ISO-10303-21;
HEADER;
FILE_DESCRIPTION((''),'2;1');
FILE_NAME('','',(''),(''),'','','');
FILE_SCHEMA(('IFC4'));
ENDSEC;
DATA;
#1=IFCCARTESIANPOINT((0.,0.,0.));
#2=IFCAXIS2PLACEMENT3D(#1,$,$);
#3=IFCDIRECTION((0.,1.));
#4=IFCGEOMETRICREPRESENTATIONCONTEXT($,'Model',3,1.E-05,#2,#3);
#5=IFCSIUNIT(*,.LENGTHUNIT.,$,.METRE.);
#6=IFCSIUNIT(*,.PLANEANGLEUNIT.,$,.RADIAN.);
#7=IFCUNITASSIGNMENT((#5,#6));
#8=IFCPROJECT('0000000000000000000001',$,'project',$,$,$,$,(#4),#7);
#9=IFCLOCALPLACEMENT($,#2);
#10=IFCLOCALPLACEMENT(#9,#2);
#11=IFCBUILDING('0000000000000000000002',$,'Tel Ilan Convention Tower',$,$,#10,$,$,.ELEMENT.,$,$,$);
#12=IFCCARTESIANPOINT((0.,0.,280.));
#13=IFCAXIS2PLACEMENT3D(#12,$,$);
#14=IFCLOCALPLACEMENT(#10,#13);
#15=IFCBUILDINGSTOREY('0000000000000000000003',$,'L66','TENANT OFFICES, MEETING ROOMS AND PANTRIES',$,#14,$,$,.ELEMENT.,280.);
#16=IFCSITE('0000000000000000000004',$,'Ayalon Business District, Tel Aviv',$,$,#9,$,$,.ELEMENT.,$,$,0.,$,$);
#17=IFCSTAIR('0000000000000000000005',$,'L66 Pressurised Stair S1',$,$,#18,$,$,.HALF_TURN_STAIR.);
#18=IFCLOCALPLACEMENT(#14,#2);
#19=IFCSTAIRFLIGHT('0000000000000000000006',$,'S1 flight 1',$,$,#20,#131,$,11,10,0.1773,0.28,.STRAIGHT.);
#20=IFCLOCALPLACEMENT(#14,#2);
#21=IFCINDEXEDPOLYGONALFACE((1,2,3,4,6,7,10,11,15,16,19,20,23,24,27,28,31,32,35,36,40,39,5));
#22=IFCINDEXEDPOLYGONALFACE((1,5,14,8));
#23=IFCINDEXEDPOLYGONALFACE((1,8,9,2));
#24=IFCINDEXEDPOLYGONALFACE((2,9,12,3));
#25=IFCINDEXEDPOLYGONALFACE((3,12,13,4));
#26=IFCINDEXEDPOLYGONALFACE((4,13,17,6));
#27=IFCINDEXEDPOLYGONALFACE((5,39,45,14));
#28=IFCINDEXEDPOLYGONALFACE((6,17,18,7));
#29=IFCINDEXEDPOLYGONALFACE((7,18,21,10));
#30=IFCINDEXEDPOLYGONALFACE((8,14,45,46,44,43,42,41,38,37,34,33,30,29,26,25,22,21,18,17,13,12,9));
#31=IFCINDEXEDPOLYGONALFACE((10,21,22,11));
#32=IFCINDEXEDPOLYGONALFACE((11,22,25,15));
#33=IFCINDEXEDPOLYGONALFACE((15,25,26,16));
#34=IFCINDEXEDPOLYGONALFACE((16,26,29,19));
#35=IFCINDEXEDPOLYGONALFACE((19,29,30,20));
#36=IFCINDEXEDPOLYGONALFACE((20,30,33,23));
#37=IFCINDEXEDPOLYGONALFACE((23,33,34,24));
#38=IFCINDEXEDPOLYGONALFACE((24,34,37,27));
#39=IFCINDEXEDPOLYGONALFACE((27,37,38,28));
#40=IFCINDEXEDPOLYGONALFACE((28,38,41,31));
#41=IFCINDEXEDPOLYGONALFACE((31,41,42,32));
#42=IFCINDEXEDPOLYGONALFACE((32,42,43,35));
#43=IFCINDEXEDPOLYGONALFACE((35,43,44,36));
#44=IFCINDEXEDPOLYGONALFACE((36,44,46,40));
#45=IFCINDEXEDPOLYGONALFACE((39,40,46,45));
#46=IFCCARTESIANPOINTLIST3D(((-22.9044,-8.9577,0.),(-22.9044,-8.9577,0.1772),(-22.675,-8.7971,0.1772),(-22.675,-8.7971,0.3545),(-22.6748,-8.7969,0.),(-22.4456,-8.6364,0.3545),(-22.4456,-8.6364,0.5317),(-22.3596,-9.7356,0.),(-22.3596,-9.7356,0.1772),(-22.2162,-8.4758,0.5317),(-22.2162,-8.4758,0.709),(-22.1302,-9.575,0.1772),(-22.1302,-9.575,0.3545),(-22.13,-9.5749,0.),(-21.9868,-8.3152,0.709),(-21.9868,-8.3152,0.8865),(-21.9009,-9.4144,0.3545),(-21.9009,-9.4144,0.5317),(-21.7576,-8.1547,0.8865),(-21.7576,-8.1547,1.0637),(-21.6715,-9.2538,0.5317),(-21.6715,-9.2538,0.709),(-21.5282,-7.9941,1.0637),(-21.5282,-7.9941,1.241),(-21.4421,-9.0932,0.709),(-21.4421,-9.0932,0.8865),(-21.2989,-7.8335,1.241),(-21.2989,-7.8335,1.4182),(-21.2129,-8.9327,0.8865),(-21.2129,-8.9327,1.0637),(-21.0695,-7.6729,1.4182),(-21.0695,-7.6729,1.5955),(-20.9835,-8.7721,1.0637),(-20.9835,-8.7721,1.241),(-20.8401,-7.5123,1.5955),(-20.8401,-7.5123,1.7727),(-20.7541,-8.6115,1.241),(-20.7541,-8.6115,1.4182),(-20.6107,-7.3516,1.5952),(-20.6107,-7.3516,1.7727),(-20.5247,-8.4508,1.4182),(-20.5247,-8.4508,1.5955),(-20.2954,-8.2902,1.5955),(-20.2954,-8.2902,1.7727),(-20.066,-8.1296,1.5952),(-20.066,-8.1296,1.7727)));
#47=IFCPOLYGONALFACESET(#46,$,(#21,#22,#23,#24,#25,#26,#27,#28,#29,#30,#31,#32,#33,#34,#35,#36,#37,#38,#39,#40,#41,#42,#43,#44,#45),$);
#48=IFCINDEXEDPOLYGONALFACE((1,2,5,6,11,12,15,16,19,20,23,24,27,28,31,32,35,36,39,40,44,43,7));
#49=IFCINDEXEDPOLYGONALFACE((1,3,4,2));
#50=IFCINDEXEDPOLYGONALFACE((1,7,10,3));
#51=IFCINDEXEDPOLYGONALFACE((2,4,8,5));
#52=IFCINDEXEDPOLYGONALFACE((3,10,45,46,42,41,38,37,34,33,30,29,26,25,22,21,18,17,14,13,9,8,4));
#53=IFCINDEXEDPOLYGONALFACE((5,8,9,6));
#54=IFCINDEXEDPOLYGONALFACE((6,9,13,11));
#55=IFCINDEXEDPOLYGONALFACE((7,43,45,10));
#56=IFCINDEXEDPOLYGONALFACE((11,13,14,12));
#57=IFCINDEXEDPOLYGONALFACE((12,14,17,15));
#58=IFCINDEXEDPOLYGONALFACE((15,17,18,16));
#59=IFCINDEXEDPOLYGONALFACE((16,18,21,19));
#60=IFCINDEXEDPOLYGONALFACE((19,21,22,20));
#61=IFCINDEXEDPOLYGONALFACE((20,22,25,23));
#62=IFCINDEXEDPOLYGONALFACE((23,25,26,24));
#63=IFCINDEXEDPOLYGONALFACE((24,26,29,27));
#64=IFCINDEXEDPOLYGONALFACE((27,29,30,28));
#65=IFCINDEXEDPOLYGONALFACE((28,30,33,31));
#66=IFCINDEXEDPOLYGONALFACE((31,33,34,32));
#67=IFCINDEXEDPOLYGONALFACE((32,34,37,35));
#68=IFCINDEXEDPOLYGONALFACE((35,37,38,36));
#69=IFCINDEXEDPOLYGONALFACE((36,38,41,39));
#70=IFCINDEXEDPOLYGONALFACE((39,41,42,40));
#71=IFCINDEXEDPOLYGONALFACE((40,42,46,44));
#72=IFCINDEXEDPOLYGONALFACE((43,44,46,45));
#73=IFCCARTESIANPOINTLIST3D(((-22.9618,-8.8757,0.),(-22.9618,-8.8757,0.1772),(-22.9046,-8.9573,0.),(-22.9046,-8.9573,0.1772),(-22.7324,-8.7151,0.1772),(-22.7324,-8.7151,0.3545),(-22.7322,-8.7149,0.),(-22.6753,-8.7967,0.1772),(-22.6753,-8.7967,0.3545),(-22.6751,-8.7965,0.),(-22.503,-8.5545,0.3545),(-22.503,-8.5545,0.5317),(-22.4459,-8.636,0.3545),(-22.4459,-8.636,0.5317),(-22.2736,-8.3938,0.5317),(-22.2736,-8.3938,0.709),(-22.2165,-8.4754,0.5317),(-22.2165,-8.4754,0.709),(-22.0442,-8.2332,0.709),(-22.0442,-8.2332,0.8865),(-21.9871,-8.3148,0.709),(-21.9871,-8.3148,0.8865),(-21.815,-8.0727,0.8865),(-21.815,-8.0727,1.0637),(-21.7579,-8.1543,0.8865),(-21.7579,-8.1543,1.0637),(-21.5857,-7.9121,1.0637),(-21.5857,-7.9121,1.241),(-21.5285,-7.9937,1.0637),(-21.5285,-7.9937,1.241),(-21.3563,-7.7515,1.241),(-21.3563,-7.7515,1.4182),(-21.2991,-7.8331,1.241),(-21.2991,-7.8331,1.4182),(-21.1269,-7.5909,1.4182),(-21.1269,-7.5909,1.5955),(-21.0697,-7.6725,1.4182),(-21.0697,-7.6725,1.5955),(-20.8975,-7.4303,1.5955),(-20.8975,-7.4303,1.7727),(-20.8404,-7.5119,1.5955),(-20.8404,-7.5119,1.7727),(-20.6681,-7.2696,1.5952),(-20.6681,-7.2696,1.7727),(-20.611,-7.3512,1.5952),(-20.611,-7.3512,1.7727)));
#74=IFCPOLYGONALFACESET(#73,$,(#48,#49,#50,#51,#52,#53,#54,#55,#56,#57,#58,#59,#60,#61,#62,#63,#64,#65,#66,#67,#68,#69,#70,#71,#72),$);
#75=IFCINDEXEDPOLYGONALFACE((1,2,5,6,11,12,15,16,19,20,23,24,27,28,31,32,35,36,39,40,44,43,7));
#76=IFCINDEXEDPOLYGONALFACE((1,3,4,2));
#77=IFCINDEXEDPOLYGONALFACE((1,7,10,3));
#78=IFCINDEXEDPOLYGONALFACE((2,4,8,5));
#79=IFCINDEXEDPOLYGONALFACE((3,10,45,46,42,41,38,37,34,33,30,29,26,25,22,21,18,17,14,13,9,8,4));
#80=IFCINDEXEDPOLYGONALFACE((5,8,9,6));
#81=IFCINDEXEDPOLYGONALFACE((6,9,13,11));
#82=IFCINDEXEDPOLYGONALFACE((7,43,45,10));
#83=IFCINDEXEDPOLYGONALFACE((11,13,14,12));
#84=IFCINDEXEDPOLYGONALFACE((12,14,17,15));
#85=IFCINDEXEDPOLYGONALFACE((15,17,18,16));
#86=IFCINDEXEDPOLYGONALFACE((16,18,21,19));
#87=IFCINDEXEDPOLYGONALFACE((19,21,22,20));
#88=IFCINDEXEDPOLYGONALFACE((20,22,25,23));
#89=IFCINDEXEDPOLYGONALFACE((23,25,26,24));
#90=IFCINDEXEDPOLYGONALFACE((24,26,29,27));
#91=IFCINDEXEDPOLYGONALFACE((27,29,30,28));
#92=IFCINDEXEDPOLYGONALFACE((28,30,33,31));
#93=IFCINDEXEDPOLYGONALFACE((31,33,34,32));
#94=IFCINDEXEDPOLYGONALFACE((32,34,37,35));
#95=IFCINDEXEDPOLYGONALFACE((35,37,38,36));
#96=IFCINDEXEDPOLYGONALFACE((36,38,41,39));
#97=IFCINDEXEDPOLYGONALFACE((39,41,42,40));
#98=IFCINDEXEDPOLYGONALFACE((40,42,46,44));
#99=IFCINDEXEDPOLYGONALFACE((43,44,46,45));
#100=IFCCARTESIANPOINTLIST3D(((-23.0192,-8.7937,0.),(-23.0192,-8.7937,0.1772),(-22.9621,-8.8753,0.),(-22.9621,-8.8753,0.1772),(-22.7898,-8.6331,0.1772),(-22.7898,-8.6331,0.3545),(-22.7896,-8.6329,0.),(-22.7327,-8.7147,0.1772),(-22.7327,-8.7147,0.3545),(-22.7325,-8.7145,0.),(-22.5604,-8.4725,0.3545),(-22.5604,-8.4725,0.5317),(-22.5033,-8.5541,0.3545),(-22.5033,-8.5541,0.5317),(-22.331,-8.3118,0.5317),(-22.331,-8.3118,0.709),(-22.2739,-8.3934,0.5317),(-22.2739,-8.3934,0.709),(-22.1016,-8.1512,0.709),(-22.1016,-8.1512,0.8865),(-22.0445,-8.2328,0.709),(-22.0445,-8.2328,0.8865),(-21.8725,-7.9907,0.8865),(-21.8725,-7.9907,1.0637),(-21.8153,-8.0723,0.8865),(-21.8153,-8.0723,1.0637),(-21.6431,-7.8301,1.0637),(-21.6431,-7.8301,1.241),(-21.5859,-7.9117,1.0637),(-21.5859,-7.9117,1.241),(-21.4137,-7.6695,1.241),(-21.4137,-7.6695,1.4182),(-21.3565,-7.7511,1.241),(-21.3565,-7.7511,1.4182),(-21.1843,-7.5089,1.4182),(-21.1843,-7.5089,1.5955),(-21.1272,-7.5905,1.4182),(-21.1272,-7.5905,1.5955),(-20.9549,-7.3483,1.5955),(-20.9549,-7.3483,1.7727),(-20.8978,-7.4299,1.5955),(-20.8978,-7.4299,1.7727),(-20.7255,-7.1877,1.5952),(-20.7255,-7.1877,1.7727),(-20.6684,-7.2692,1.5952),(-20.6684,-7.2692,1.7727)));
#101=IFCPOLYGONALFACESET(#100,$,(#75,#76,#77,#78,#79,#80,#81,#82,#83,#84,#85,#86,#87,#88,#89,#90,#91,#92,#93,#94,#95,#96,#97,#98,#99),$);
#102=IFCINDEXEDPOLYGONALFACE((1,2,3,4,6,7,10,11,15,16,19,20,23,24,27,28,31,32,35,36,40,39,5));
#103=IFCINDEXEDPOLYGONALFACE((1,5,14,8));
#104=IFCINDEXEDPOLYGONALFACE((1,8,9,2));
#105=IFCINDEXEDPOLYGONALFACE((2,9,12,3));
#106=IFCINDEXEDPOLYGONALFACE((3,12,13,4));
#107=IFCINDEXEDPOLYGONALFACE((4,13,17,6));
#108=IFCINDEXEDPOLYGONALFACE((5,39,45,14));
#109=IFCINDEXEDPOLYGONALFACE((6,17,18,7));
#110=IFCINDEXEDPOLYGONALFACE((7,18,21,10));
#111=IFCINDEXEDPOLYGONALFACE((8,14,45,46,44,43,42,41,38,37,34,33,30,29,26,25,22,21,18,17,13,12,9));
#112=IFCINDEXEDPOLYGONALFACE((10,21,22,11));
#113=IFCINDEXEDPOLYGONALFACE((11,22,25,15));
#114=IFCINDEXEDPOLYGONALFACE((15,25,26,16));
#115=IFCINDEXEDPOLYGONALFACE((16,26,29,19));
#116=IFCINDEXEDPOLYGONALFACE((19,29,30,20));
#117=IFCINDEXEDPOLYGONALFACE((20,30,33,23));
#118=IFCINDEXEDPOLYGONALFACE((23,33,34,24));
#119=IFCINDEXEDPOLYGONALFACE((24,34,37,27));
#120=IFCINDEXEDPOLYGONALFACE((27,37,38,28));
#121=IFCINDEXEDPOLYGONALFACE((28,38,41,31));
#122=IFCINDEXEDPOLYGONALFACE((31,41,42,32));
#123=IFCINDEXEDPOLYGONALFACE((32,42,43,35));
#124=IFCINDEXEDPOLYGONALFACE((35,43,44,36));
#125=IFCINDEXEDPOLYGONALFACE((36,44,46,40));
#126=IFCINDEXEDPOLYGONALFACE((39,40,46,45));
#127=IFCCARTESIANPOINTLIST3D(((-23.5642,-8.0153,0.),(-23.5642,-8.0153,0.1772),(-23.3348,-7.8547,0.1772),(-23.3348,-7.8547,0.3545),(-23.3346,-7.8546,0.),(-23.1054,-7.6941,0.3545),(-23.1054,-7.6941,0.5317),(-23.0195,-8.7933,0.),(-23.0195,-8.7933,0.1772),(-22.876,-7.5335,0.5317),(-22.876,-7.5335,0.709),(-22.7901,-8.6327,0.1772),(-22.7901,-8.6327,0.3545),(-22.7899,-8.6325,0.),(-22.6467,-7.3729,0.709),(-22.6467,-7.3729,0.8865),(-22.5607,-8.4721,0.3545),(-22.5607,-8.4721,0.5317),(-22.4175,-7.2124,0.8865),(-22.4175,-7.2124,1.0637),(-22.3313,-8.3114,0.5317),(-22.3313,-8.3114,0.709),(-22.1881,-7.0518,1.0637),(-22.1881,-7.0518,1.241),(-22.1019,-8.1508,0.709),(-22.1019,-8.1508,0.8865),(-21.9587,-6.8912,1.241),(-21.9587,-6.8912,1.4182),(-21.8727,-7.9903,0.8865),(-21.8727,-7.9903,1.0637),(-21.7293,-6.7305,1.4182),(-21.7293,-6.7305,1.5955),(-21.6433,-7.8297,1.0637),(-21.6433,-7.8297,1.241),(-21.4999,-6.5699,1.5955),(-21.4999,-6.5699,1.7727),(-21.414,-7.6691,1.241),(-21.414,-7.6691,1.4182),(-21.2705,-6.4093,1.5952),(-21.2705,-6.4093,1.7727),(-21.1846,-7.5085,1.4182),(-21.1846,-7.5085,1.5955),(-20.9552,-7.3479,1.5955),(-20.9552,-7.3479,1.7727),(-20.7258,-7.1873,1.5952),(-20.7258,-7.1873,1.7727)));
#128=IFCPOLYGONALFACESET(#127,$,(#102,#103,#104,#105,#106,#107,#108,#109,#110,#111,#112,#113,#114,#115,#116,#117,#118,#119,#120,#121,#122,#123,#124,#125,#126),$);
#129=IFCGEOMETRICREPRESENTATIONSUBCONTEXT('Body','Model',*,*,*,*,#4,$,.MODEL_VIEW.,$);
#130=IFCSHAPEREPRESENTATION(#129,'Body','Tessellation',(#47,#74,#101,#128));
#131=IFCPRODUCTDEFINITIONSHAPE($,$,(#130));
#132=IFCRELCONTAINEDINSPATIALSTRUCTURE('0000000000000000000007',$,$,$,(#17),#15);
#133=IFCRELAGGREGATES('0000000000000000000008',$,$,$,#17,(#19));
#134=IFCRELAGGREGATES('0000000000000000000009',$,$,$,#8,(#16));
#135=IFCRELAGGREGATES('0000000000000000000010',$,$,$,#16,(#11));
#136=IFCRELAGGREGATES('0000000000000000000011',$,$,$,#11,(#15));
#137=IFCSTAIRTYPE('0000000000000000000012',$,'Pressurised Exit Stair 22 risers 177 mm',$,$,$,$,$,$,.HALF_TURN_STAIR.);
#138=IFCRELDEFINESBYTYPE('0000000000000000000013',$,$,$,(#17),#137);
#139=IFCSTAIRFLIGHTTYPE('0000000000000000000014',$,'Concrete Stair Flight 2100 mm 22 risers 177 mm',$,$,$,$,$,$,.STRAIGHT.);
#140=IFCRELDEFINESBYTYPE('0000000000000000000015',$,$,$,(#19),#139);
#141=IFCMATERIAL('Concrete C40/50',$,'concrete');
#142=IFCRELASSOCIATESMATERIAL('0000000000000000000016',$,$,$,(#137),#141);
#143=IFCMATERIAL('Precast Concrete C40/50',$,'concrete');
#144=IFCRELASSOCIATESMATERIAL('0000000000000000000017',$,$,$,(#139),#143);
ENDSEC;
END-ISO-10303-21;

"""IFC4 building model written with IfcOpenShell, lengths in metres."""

from ifc_helpers import new_model, si_unit, direction, frame, origin, place, context, subcontext, project, spatial, polyline, outline, extrude, material, type_object, element, aggregate, save


model = new_model("IFC4")

# Units and contexts
model_context = context("Model", 3, precision=1e-05, world=origin(), true_north=direction((0.0, 1.0)))
body_context = subcontext(model_context, "Body", "Model", "MODEL_VIEW")
ifc_project = project(units=[si_unit("LENGTHUNIT", "METRE"), si_unit("PLANEANGLEUNIT", "RADIAN")], contexts=[model_context])

# Site, building, storey
site_placement = place(None, origin())
site = spatial("IfcSite", under=ifc_project, at=site_placement, Name="Ayalon Business District, Tel Aviv", CompositionType="ELEMENT", RefElevation=0.0)
building_placement = place(site_placement, origin())
building = spatial("IfcBuilding", under=site, at=building_placement, Name="Tel Ilan Convention Tower", CompositionType="ELEMENT")
storey_placement = place(building_placement, frame((0.0, 0.0, 280.0)))
storey = spatial("IfcBuildingStorey", under=building, at=storey_placement, Name="L66", Description="TENANT OFFICES, MEETING ROOMS AND PANTRIES", CompositionType="ELEMENT", Elevation=280.0)

# Stair, stair flight
ifc_material_1 = material(Name="Concrete C40/50", Category="concrete")
stair_type = type_object("IfcStairType", Name="Pressurised Exit Stair 22 risers 177 mm", PredefinedType="HALF_TURN_STAIR", material=ifc_material_1)
stair_1_placement = place(storey_placement, origin())
stair_1 = element("IfcStair", 1, at=stair_1_placement, inside=storey, type_object=stair_type, Name="L66 Pressurised Stair S1", PredefinedType="HALF_TURN_STAIR")
ifc_material_2 = material(Name="Precast Concrete C40/50", Category="concrete")
stair_flight_type = type_object("IfcStairFlightType", Name="Concrete Stair Flight 2100 mm 22 risers 177 mm", PredefinedType="STRAIGHT", material=ifc_material_2)
stair_flight_1_placement = place(storey_placement, frame((-22.9619, -8.8755, 0.0), z_axis=(0.0, 0.0, 1.0), x_axis=(0.819152, 0.573576, 0.0)))
stair_flight_1 = element("IfcStairFlight", 2, at=stair_flight_1_placement, type_object=stair_flight_type, Name="S1 flight 1", NumberOfRisers=11, NumberOfTreads=10, PredefinedType="STRAIGHT", RiserHeight=0.1773, TreadLength=0.28, context=body_context, shape_type="SweptSolid", body=[
    extrude(outline(polyline([(0.0, 0.0), (0.0, 0.1772), (0.28, 0.1772), (0.28, 0.3545), (0.5601, 0.3545), (0.5601, 0.5317), (0.8401, 0.5317), (0.8401, 0.709), (1.1201, 0.709), (1.1201, 0.8865), (1.3999, 0.8865), (1.3999, 1.0637), (1.6799, 1.0637), (1.6799, 1.241), (1.96, 1.241), (1.96, 1.4182), (2.24, 1.4182), (2.24, 1.5955), (2.52, 1.5955), (2.52, 1.7727), (2.8, 1.7727), (2.8, 1.95), (2.8, 1.5952), (0.2803, 0.0), (0.0, 0.0)])), frame((0.0, -0.1003, 0.0), z_axis=(0.0, -1.0, 0.0), x_axis=(1.0, 0.0, 0.0)), (0.0, 0.0, 1.0), 0.9497),
    extrude(outline(polyline([(0.0, 0.0), (0.0, 0.1772), (0.28, 0.1772), (0.28, 0.3545), (0.5601, 0.3545), (0.5601, 0.5317), (0.8401, 0.5317), (0.8401, 0.709), (1.1201, 0.709), (1.1201, 0.8865), (1.3999, 0.8865), (1.3999, 1.0637), (1.6799, 1.0637), (1.6799, 1.241), (1.96, 1.241), (1.96, 1.4182), (2.24, 1.4182), (2.24, 1.5955), (2.52, 1.5955), (2.52, 1.7727), (2.8, 1.7727), (2.8, 1.95), (2.8, 1.5952), (0.2803, 0.0), (0.0, 0.0)])), frame((0.0, -0.0002, 0.0), z_axis=(0.0, -1.0, 0.0), x_axis=(1.0, 0.0, 0.0)), (0.0, 0.0, 1.0), 0.0996),
    extrude(outline(polyline([(0.0, 0.0), (0.0, 0.1772), (0.28, 0.1772), (0.28, 0.3545), (0.5601, 0.3545), (0.5601, 0.5317), (0.8401, 0.5317), (0.8401, 0.709), (1.1201, 0.709), (1.1201, 0.8865), (1.3999, 0.8865), (1.3999, 1.0637), (1.6799, 1.0637), (1.6799, 1.241), (1.96, 1.241), (1.96, 1.4182), (2.24, 1.4182), (2.24, 1.5955), (2.52, 1.5955), (2.52, 1.7727), (2.8, 1.7727), (2.8, 1.95), (2.8, 1.5952), (0.2803, 0.0), (0.0, 0.0)])), frame((0.0, 0.0999, 0.0), z_axis=(0.0, -1.0, 0.0), x_axis=(1.0, 0.0, 0.0)), (0.0, 0.0, 1.0), 0.0996),
    extrude(outline(polyline([(0.0, 0.0), (0.0, 0.1772), (0.28, 0.1772), (0.28, 0.3545), (0.5601, 0.3545), (0.5601, 0.5317), (0.8401, 0.5317), (0.8401, 0.709), (1.1201, 0.709), (1.1201, 0.8865), (1.3999, 0.8865), (1.3999, 1.0637), (1.6799, 1.0637), (1.6799, 1.241), (1.96, 1.241), (1.96, 1.4182), (2.24, 1.4182), (2.24, 1.5955), (2.52, 1.5955), (2.52, 1.7727), (2.8, 1.7727), (2.8, 1.95), (2.8, 1.5952), (0.2803, 0.0), (0.0, 0.0)])), frame((0.0, 1.05, 0.0), z_axis=(0.0, -1.0, 0.0), x_axis=(1.0, 0.0, 0.0)), (0.0, 0.0, 1.0), 0.9497),
])
aggregate(stair_1, [stair_flight_1])

save(model, "model.ifc")
